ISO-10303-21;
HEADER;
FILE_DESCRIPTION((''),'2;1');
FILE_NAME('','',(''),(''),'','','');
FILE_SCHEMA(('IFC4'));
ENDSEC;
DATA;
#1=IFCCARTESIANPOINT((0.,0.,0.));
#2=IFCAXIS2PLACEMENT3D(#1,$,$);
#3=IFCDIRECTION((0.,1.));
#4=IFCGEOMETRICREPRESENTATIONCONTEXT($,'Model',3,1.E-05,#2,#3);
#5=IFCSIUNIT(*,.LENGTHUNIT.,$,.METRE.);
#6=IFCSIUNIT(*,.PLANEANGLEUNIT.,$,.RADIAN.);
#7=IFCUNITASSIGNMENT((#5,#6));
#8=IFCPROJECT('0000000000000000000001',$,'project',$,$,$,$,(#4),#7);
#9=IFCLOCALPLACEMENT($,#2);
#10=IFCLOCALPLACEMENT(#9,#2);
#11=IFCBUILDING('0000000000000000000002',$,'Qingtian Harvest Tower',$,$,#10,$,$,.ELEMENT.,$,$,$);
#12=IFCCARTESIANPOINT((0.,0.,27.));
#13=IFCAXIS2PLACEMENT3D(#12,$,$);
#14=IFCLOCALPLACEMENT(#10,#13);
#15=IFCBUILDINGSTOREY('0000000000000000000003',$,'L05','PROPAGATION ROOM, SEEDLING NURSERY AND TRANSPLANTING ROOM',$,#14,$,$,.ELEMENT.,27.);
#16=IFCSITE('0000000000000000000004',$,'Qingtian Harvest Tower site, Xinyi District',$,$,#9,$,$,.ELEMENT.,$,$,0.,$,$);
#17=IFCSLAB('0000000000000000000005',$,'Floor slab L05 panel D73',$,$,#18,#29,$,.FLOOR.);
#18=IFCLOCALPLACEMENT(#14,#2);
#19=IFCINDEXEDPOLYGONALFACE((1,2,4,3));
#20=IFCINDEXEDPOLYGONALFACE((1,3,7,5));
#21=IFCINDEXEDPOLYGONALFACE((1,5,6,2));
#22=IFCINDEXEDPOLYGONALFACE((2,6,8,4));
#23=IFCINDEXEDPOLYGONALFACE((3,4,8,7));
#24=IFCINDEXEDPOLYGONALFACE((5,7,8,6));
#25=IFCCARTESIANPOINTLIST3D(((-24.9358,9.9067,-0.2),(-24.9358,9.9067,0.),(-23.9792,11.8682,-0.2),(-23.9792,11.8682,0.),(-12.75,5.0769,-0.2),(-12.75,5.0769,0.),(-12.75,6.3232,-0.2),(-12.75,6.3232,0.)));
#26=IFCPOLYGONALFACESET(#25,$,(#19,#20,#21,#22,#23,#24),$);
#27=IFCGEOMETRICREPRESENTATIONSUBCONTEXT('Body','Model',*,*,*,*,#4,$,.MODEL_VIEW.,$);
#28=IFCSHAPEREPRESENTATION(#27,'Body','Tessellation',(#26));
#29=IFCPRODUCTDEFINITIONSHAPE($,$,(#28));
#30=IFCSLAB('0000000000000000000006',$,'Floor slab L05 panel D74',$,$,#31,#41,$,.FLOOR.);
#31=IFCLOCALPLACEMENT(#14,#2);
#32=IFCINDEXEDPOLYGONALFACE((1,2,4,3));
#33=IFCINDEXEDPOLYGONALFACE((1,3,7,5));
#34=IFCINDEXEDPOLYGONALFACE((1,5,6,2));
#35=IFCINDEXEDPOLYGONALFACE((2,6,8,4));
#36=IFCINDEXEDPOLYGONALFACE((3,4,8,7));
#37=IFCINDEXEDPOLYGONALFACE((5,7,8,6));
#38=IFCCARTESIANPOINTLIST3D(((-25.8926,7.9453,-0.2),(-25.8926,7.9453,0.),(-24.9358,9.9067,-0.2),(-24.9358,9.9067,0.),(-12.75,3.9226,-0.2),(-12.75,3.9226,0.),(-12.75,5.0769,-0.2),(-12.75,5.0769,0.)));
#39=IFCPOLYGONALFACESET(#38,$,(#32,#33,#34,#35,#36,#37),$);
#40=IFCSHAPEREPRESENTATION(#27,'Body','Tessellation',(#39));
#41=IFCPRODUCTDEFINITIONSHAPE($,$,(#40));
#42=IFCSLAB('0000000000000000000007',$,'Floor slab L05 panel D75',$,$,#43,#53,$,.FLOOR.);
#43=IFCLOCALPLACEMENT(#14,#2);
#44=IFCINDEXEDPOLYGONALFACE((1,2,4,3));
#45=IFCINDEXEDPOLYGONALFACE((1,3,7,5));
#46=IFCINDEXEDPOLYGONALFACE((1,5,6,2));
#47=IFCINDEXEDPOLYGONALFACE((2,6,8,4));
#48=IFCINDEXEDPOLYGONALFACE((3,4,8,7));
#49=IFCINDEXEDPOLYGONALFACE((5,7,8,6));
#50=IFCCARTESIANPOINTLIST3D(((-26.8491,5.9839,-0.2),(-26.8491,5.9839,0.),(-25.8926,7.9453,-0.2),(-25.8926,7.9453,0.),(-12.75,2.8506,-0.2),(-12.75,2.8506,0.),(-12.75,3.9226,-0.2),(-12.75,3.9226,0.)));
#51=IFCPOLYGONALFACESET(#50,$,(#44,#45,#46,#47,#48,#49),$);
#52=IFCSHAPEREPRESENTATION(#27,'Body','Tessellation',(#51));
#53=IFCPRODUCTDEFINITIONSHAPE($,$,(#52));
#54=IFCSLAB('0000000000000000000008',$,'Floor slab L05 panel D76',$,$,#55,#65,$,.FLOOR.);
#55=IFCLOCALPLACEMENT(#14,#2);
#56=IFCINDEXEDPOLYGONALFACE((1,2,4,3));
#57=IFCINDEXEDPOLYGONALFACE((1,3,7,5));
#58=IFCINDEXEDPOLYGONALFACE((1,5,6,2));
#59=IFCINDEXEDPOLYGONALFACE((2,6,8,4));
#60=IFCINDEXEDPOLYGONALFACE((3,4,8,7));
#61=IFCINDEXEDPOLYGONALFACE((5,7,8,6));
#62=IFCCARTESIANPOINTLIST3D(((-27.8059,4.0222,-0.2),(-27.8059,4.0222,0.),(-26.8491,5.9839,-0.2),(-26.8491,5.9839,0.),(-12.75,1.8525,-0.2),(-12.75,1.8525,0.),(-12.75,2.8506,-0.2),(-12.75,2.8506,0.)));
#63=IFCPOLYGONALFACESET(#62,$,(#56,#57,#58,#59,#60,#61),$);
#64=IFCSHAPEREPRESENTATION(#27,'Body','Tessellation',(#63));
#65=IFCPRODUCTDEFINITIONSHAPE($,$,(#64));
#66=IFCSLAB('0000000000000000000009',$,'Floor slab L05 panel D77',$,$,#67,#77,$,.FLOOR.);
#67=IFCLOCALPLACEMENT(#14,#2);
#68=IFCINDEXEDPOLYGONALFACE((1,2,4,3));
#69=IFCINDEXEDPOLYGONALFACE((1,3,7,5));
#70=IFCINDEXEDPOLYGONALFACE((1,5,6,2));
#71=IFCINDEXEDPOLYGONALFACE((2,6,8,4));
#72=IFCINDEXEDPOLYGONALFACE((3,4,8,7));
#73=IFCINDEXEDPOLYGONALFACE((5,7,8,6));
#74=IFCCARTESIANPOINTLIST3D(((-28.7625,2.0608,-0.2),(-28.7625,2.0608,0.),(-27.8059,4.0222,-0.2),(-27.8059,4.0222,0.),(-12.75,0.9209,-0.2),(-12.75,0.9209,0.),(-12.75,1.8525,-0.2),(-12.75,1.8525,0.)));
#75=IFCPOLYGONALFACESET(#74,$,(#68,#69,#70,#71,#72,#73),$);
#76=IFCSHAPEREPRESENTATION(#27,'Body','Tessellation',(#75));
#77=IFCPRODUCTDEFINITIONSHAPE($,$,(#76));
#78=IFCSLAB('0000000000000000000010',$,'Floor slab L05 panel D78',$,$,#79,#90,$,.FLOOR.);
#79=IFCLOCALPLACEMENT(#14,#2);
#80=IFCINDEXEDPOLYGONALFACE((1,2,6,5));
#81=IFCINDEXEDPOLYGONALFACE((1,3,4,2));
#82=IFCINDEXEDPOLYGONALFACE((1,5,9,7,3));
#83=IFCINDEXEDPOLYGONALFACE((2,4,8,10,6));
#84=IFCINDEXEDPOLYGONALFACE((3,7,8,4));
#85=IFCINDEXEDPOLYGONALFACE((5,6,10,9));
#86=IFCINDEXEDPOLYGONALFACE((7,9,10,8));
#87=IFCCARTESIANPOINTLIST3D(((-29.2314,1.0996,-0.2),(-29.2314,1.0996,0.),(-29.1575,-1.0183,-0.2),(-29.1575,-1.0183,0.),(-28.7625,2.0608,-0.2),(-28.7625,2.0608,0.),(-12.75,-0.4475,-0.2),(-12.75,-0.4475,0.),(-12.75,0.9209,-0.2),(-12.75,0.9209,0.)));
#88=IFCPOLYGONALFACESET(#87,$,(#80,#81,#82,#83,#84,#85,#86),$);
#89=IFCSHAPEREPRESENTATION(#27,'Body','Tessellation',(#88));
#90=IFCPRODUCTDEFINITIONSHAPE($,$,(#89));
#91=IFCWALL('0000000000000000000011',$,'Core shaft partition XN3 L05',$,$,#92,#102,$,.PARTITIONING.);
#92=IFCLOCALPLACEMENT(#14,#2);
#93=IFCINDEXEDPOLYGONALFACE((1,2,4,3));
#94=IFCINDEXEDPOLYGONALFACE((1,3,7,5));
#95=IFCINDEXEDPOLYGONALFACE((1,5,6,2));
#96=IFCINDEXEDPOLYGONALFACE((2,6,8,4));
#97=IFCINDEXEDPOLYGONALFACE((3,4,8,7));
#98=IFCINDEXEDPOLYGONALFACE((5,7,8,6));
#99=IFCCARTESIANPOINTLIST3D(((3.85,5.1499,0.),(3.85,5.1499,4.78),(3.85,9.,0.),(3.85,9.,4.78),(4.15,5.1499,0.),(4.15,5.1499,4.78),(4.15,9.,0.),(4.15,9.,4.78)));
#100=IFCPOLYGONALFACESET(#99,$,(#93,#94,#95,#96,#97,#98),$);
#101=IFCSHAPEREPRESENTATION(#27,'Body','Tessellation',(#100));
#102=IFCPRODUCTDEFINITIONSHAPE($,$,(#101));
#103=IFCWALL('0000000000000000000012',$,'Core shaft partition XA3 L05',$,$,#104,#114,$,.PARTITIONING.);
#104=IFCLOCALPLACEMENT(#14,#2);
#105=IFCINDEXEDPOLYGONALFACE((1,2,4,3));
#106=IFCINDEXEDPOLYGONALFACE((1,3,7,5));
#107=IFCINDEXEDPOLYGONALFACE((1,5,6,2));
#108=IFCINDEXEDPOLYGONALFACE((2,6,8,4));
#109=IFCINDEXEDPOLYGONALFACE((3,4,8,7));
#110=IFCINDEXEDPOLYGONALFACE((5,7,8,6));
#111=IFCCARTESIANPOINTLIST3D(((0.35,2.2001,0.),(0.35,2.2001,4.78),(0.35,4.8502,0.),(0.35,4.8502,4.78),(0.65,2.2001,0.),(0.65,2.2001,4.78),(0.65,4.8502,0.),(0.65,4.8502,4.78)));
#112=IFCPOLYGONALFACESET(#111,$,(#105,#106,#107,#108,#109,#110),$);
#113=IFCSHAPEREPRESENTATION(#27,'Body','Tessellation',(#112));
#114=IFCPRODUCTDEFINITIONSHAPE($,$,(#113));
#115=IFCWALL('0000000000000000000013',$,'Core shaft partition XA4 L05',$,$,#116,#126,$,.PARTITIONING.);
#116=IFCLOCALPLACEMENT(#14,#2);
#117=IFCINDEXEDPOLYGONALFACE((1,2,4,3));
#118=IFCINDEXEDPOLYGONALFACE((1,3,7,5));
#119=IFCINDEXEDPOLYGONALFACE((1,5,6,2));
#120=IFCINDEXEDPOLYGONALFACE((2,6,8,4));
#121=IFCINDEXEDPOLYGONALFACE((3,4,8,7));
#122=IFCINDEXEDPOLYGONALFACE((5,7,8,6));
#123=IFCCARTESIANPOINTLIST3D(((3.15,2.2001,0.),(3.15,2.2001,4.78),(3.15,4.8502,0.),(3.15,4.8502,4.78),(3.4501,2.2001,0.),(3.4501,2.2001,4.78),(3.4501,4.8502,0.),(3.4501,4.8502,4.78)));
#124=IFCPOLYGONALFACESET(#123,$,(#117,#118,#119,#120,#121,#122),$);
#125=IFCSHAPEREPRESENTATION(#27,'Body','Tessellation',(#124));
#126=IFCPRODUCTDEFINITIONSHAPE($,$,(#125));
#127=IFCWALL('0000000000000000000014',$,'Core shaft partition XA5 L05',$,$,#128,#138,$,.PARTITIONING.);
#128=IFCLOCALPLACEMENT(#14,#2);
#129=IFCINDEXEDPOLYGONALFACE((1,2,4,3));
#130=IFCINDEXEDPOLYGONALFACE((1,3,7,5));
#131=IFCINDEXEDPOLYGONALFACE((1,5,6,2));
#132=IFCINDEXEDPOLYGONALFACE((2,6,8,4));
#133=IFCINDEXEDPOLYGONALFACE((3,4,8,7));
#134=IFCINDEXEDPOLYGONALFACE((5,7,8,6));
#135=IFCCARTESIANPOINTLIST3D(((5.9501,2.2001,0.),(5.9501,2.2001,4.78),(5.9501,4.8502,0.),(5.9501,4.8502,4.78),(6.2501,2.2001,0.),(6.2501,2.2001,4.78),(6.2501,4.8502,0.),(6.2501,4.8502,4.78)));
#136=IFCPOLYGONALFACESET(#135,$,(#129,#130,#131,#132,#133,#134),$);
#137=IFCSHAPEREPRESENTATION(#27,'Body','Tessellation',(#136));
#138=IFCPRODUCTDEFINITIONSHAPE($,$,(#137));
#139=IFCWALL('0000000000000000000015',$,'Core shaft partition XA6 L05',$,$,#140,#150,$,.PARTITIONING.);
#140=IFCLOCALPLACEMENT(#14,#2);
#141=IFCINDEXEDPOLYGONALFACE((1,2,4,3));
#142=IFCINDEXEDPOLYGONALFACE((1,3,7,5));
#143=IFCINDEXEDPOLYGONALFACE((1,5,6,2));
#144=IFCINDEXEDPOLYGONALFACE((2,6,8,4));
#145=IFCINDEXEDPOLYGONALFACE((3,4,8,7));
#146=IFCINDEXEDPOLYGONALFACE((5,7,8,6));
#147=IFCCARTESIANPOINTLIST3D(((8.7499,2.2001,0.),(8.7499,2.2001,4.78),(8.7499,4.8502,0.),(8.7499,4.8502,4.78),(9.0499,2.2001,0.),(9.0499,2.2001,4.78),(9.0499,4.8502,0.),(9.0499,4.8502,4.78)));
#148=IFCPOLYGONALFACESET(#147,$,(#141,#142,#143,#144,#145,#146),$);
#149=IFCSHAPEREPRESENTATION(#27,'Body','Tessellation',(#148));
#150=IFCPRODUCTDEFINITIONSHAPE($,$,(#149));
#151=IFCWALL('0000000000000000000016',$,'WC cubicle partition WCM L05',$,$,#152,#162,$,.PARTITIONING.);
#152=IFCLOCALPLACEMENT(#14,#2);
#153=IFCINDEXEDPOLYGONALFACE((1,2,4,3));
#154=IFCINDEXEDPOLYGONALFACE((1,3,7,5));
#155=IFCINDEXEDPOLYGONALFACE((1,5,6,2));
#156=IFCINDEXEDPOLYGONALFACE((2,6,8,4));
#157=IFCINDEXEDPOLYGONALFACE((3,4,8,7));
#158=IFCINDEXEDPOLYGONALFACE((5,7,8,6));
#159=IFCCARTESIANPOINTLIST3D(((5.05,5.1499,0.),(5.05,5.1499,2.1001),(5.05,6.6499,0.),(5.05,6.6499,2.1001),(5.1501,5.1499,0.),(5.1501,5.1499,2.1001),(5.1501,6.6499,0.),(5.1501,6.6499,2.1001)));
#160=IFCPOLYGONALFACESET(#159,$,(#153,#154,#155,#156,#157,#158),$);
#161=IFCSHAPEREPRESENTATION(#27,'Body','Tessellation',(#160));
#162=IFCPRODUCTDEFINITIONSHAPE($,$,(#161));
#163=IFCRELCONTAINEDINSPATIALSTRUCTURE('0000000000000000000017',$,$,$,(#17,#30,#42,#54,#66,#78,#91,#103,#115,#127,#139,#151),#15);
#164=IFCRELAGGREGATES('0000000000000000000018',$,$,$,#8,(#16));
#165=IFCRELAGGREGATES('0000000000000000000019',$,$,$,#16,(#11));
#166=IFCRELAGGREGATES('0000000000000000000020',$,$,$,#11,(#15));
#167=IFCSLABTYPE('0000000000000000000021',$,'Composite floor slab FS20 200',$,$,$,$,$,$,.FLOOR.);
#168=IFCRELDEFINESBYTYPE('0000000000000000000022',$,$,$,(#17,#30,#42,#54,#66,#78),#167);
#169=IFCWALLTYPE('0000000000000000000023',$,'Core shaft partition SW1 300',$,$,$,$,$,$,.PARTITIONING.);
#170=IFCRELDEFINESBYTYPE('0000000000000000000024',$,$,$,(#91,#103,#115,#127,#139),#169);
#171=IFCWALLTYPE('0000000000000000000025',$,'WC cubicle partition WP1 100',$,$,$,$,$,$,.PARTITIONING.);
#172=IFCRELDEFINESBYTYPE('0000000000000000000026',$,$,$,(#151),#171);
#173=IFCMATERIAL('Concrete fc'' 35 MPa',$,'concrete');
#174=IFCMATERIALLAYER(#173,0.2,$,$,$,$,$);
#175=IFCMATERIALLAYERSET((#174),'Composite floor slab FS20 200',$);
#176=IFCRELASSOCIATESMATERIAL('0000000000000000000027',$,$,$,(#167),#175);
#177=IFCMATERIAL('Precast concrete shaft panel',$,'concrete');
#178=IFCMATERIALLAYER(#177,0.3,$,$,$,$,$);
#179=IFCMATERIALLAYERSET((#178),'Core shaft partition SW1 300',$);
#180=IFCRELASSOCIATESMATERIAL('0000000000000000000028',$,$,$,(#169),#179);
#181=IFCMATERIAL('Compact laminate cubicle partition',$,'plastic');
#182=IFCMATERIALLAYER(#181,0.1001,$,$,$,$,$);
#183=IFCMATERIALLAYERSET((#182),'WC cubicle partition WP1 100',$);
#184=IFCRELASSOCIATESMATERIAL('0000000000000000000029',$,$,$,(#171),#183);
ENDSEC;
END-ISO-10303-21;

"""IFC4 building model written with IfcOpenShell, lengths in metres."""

from ifc_helpers import new_model, si_unit, direction, frame, frame_2d, origin, place, context, subcontext, project, spatial, polyline, rectangle, outline, extrude, material, layer, layer_set, type_object, element, save


model = new_model("IFC4")

# Units and contexts
model_context = context("Model", 3, precision=1e-05, world=origin(), true_north=direction((0.0, 1.0)))
body_context = subcontext(model_context, "Body", "Model", "MODEL_VIEW")
ifc_project = project(units=[si_unit("LENGTHUNIT", "METRE"), si_unit("PLANEANGLEUNIT", "RADIAN")], contexts=[model_context])

# Site, building, storey
site_placement = place(None, origin())
site = spatial("IfcSite", under=ifc_project, at=site_placement, Name="Qingtian Harvest Tower site, Xinyi District", CompositionType="ELEMENT", RefElevation=0.0)
building_placement = place(site_placement, origin())
building = spatial("IfcBuilding", under=site, at=building_placement, Name="Qingtian Harvest Tower", CompositionType="ELEMENT")
storey_placement = place(building_placement, frame((0.0, 0.0, 27.0)))
storey = spatial("IfcBuildingStorey", under=building, at=storey_placement, Name="L05", Description="PROPAGATION ROOM, SEEDLING NURSERY AND TRANSPLANTING ROOM", CompositionType="ELEMENT", Elevation=27.0)

# Slabs
ifc_material_1 = material(Name="Concrete fc' 35 MPa", Category="concrete")
ifc_layer_1 = layer(ifc_material_1, 0.2)
ifc_layer_set_1 = layer_set([ifc_layer_1], Name="Composite floor slab FS20 200")
slab_type = type_object("IfcSlabType", Name="Composite floor slab FS20 200", PredefinedType="FLOOR", material=ifc_layer_set_1)
slab_1_placement = place(storey_placement, frame((0.0, 0.0, -0.2)))
element("IfcSlab", 1, at=slab_1_placement, inside=storey, type_object=slab_type, Name="Floor slab L05 panel D73", PredefinedType="FLOOR", context=body_context, shape_type="SweptSolid", body=[
    extrude(outline(polyline([(-12.75, 5.0769), (-24.9358, 9.9067), (-23.9792, 11.8682), (-12.75, 6.3232), (-12.75, 5.0769)])), origin(), (0.0, 0.0, 1.0), 0.2),
])
slab_2_placement = place(storey_placement, frame((0.0, 0.0, -0.2)))
element("IfcSlab", 2, at=slab_2_placement, inside=storey, type_object=slab_type, Name="Floor slab L05 panel D74", PredefinedType="FLOOR", context=body_context, shape_type="SweptSolid", body=[
    extrude(outline(polyline([(-12.75, 3.9226), (-25.8926, 7.9453), (-24.9358, 9.9067), (-12.75, 5.0769), (-12.75, 3.9226)])), origin(), (0.0, 0.0, 1.0), 0.2),
])
slab_3_placement = place(storey_placement, frame((0.0, 0.0, -0.2)))
element("IfcSlab", 3, at=slab_3_placement, inside=storey, type_object=slab_type, Name="Floor slab L05 panel D75", PredefinedType="FLOOR", context=body_context, shape_type="SweptSolid", body=[
    extrude(outline(polyline([(-12.75, 2.8506), (-26.8491, 5.9839), (-25.8926, 7.9453), (-12.75, 3.9226), (-12.75, 2.8506)])), origin(), (0.0, 0.0, 1.0), 0.2),
])
slab_4_placement = place(storey_placement, frame((0.0, 0.0, -0.2)))
element("IfcSlab", 4, at=slab_4_placement, inside=storey, type_object=slab_type, Name="Floor slab L05 panel D76", PredefinedType="FLOOR", context=body_context, shape_type="SweptSolid", body=[
    extrude(outline(polyline([(-12.75, 1.8525), (-27.8059, 4.0222), (-26.8491, 5.9839), (-12.75, 2.8506), (-12.75, 1.8525)])), origin(), (0.0, 0.0, 1.0), 0.2),
])
slab_5_placement = place(storey_placement, frame((0.0, 0.0, -0.2)))
element("IfcSlab", 5, at=slab_5_placement, inside=storey, type_object=slab_type, Name="Floor slab L05 panel D77", PredefinedType="FLOOR", context=body_context, shape_type="SweptSolid", body=[
    extrude(outline(polyline([(-12.75, 0.9209), (-28.7625, 2.0608), (-27.8059, 4.0222), (-12.75, 1.8525), (-12.75, 0.9209)])), origin(), (0.0, 0.0, 1.0), 0.2),
])
slab_6_placement = place(storey_placement, frame((0.0, 0.0, -0.2)))
element("IfcSlab", 6, at=slab_6_placement, inside=storey, type_object=slab_type, Name="Floor slab L05 panel D78", PredefinedType="FLOOR", context=body_context, shape_type="SweptSolid", body=[
    extrude(outline(polyline([(-12.75, 0.9209), (-12.75, -0.4475), (-29.1575, -1.0183), (-29.2314, 1.0996), (-28.7625, 2.0608), (-12.75, 0.9209)])), origin(), (0.0, 0.0, 1.0), 0.2),
])

# Shared definitions
ifc_material_2 = material(Name="Precast concrete shaft panel", Category="concrete")
ifc_layer_2 = layer(ifc_material_2, 0.3)
ifc_layer_set_2 = layer_set([ifc_layer_2], Name="Core shaft partition SW1 300")
wall_type_1 = type_object("IfcWallType", Name="Core shaft partition SW1 300", PredefinedType="PARTITIONING", material=ifc_layer_set_2)

# Walls
wall_1_placement = place(storey_placement, frame((4.0, 5.1499, 0.0), z_axis=(0.0, 0.0, 1.0), x_axis=(0.0, 1.0, 0.0)))
element("IfcWall", 7, at=wall_1_placement, inside=storey, type_object=wall_type_1, Name="Core shaft partition XN3 L05", PredefinedType="PARTITIONING", context=body_context, shape_type="SweptSolid", body=[
    extrude(rectangle(XDim=3.8501, YDim=0.3, at=frame_2d((1.925, 0.0))), origin(), (0.0, 0.0, 1.0), 4.78),
])
for number, where, z_axis, x_axis, name in (
    (8, (0.5, 2.2, 0.0), (0.0, 0.0, 1.0), (0.0, 1.0, 0.0), "Core shaft partition XA3 L05"),
    (9, (3.3, 2.2, 0.0), (0.0, 0.0, 1.0), (0.0, 1.0, 0.0), "Core shaft partition XA4 L05"),
    (10, (6.1001, 2.2, 0.0), (0.0, 0.0, 1.0), (0.0, 1.0, 0.0), "Core shaft partition XA5 L05"),
    (11, (8.8999, 2.2, 0.0), (0.0, 0.0, 1.0), (0.0, 1.0, 0.0), "Core shaft partition XA6 L05"),
):
    element("IfcWall", number, at=place(storey_placement, frame(where, z_axis=z_axis, x_axis=x_axis)), inside=storey, type_object=wall_type_1, Name=name, PredefinedType="PARTITIONING", context=body_context, shape_type="SweptSolid", body=[
        extrude(rectangle(XDim=2.6501, YDim=0.3, at=frame_2d((1.3252, 0.0))), origin(), (0.0, 0.0, 1.0), 4.78),
    ])

# Wall
ifc_material_3 = material(Name="Compact laminate cubicle partition", Category="plastic")
ifc_layer_3 = layer(ifc_material_3, 0.1001)
ifc_layer_set_3 = layer_set([ifc_layer_3], Name="WC cubicle partition WP1 100")
wall_type_2 = type_object("IfcWallType", Name="WC cubicle partition WP1 100", PredefinedType="PARTITIONING", material=ifc_layer_set_3)
wall_2_placement = place(storey_placement, frame((5.1001, 5.1499, 0.0), z_axis=(0.0, 0.0, 1.0), x_axis=(0.0, 1.0, 0.0)))
element("IfcWall", 12, at=wall_2_placement, inside=storey, type_object=wall_type_2, Name="WC cubicle partition WCM L05", PredefinedType="PARTITIONING", context=body_context, shape_type="SweptSolid", body=[
    extrude(rectangle(XDim=1.5, YDim=0.1001, at=frame_2d((0.75, 0.0))), origin(), (0.0, 0.0, 1.0), 2.1001),
])

save(model, "model.ifc")
